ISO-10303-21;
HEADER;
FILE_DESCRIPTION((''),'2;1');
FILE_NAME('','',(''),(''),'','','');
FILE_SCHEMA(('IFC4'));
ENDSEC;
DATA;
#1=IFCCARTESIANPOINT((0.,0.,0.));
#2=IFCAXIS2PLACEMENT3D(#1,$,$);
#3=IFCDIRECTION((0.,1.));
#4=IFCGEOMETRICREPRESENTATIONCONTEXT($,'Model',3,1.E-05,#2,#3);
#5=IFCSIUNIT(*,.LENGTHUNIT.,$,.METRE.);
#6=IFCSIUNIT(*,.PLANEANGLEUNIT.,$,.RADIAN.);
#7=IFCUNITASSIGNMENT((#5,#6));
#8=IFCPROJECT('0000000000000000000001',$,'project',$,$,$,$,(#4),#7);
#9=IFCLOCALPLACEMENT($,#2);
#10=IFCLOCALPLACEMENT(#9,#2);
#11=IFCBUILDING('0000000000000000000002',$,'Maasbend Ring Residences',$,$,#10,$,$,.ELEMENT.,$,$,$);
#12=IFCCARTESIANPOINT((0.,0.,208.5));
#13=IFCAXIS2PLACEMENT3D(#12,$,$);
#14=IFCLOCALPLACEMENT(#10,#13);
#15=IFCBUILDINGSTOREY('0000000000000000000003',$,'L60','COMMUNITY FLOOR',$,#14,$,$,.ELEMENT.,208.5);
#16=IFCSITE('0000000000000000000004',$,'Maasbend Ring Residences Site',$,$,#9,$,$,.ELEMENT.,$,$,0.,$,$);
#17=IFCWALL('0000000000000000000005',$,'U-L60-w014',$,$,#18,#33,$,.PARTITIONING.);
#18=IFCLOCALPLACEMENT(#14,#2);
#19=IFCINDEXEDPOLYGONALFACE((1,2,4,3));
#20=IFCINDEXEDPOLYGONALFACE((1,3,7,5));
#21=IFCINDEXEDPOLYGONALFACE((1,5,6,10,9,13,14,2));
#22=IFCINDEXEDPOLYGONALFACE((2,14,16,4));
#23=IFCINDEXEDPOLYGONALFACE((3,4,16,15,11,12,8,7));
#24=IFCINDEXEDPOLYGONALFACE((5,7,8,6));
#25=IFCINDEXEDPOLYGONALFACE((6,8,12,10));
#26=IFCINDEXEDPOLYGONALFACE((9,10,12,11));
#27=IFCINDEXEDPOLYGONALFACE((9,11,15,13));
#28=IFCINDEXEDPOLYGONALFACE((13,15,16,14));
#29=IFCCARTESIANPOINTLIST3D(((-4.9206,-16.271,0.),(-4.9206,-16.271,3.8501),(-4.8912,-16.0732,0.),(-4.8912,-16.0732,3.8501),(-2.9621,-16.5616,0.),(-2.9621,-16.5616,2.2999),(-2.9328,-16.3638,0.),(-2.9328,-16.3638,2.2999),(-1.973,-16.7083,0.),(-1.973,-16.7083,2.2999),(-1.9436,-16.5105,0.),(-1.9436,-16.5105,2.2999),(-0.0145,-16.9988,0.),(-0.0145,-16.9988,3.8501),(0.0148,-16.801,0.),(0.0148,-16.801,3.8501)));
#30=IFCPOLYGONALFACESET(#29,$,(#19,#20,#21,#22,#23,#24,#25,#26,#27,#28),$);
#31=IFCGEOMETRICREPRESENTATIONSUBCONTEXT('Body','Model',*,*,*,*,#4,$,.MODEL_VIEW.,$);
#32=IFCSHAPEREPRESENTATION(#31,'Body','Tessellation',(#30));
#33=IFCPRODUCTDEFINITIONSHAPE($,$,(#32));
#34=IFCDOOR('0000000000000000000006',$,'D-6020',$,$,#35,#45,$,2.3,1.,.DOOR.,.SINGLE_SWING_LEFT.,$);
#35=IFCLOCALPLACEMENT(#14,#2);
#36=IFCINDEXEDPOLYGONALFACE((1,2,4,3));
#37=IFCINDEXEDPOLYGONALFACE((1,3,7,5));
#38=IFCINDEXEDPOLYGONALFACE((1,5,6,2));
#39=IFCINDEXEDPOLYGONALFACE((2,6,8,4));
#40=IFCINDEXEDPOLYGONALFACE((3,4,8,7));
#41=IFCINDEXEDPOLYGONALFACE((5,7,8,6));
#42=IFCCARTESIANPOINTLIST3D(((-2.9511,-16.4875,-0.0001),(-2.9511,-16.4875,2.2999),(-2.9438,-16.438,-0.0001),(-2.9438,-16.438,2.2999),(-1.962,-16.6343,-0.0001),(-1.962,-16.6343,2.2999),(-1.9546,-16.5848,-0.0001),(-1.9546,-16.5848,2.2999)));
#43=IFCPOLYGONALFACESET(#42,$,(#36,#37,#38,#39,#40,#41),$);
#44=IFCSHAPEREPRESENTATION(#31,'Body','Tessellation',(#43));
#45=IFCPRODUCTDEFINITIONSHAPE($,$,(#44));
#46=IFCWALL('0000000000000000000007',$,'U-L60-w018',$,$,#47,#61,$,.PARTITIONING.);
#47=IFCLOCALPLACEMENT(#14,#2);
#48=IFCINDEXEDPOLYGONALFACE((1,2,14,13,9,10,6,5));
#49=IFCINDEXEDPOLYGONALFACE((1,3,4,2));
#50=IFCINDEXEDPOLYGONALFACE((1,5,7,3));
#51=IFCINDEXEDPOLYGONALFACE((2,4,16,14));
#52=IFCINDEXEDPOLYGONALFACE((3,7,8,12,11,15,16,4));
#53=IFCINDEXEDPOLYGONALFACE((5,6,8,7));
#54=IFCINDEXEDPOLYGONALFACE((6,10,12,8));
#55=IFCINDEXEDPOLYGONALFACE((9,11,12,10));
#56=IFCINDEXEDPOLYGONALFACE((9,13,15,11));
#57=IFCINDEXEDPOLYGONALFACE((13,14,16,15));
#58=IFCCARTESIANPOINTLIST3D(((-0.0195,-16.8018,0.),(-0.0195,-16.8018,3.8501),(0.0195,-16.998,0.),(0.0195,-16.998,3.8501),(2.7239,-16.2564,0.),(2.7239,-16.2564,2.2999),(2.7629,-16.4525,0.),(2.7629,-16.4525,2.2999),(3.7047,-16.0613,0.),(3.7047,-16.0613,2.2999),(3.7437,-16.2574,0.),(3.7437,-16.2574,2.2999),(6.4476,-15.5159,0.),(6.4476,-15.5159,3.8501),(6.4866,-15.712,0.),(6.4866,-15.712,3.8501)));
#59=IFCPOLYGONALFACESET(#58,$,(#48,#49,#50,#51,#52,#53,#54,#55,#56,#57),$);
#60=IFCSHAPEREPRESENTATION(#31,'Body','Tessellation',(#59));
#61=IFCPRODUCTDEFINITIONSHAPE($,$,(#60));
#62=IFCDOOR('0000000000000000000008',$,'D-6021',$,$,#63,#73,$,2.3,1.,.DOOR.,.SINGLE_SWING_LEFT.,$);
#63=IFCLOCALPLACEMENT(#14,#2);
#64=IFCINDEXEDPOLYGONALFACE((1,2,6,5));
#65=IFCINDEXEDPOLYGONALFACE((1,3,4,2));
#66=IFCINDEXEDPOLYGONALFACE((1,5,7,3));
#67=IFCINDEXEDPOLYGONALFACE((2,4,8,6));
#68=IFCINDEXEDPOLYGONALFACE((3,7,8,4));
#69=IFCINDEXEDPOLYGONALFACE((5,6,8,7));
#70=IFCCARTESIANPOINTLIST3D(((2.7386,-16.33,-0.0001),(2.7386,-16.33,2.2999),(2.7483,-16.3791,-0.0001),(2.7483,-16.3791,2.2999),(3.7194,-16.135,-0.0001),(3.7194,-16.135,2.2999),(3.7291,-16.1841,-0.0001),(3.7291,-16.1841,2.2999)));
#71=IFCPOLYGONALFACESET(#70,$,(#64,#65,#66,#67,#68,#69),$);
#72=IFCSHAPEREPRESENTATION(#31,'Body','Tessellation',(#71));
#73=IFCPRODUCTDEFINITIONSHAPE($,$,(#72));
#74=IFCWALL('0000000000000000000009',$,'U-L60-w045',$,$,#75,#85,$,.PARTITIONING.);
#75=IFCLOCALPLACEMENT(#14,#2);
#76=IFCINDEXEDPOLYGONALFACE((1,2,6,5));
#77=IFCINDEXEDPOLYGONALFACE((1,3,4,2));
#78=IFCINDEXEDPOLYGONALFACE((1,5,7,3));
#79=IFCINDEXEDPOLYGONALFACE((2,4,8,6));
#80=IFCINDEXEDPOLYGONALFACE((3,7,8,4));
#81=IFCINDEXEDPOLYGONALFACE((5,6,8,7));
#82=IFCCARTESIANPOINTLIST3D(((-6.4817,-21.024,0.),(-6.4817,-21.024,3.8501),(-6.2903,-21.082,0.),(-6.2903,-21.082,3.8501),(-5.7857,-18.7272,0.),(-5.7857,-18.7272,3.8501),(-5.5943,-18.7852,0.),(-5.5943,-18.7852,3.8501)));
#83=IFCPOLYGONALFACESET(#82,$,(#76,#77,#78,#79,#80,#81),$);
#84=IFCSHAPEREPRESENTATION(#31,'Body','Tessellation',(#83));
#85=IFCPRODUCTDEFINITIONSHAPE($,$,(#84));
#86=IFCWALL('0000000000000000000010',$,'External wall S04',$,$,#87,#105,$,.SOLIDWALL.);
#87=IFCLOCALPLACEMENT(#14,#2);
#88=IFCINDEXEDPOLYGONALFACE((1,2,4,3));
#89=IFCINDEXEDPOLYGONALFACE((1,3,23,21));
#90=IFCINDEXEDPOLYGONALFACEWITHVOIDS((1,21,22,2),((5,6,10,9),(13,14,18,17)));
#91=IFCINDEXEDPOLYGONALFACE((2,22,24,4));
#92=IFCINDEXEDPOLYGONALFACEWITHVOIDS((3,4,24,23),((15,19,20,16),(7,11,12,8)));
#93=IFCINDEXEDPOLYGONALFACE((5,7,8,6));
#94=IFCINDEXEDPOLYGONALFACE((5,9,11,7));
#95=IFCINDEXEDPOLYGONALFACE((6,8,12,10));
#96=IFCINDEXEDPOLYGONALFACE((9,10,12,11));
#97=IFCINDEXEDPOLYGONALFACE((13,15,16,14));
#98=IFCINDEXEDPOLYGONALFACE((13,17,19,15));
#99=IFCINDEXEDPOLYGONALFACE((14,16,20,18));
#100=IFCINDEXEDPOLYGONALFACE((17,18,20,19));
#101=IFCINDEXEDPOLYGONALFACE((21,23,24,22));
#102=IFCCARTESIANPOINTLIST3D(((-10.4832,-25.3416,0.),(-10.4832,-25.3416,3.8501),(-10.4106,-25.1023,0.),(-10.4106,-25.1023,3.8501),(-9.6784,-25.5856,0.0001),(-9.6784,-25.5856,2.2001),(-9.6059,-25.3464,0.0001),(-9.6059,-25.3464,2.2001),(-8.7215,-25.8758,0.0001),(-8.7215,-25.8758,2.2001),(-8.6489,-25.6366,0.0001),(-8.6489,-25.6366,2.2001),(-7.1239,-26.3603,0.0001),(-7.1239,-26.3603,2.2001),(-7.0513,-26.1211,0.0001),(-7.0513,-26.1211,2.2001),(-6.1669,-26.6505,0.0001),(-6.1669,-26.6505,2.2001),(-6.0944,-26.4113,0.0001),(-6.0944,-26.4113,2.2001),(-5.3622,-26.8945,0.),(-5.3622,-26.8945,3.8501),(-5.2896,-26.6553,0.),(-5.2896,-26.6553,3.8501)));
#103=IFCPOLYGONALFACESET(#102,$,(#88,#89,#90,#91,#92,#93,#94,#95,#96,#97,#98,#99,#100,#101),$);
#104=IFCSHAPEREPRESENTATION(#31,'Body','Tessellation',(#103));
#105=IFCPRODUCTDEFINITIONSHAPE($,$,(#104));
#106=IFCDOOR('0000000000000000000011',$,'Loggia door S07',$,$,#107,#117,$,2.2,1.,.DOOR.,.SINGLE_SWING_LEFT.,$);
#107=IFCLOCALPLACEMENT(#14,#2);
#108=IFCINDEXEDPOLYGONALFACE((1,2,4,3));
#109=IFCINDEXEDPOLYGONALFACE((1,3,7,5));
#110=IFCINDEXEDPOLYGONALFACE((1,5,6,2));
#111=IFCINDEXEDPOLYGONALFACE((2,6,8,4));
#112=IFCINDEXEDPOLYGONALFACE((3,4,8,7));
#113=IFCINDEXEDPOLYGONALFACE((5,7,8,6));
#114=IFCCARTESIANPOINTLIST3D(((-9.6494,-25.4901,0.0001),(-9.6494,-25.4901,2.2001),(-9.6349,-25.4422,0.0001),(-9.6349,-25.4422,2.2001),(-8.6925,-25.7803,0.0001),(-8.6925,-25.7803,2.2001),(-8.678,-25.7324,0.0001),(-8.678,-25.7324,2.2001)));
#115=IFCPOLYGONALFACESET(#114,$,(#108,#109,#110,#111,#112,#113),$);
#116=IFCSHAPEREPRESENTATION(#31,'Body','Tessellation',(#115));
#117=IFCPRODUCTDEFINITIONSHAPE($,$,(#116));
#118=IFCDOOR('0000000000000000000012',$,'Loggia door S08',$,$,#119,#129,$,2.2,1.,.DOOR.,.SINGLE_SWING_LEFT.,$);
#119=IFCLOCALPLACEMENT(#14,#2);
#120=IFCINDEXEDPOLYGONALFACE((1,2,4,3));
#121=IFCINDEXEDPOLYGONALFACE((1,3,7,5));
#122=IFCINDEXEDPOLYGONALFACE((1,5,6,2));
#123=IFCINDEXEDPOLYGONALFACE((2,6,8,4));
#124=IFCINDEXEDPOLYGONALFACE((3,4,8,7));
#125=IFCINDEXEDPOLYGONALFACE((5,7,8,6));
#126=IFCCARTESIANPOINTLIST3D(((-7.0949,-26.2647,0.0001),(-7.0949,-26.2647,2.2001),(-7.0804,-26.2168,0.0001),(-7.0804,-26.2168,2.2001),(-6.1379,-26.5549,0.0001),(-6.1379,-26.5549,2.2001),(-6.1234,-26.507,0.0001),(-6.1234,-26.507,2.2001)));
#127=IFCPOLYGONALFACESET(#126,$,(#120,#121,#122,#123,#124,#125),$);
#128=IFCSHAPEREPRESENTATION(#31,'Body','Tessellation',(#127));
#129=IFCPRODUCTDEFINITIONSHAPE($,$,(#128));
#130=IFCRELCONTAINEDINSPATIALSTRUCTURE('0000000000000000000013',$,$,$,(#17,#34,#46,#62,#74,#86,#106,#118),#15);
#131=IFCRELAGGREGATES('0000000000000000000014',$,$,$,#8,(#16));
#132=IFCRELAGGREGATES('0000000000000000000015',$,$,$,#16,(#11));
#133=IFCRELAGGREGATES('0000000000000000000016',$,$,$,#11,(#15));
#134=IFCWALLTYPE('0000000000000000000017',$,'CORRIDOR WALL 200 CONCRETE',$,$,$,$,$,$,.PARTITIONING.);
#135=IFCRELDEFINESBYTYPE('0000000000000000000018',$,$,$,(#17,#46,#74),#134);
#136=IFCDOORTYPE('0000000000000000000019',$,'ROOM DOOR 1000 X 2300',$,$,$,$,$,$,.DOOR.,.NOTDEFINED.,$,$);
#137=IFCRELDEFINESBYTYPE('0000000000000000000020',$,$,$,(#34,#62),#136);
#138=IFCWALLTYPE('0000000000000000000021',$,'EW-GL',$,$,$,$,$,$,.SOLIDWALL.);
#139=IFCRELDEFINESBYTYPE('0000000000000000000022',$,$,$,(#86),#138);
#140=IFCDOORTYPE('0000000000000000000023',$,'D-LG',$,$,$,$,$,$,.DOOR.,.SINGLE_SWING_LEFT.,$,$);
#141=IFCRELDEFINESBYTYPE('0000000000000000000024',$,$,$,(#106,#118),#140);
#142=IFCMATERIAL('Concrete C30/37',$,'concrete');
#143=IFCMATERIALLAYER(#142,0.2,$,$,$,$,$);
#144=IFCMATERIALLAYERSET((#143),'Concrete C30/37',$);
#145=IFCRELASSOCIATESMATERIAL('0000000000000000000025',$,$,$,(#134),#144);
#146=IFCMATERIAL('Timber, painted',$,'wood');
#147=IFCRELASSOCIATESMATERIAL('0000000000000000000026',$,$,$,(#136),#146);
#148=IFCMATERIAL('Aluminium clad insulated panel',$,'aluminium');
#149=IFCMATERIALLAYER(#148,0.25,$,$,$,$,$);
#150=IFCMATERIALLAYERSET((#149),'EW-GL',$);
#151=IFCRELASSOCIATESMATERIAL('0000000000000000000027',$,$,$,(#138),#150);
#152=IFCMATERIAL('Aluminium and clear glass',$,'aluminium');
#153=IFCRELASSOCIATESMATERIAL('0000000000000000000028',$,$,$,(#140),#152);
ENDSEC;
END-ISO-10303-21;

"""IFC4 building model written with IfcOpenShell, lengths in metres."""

from ifc_helpers import new_model, si_unit, direction, frame, frame_2d, origin, place, context, subcontext, project, spatial, rectangle, extrude, material, layer, layer_set, type_object, element, fill, save


model = new_model("IFC4")

# Units and contexts
model_context = context("Model", 3, precision=1e-05, world=origin(), true_north=direction((0.0, 1.0)))
body_context = subcontext(model_context, "Body", "Model", "MODEL_VIEW")
ifc_project = project(units=[si_unit("LENGTHUNIT", "METRE"), si_unit("PLANEANGLEUNIT", "RADIAN")], contexts=[model_context])

# Site, building, storey
site_placement = place(None, origin())
site = spatial("IfcSite", under=ifc_project, at=site_placement, Name="Maasbend Ring Residences Site", CompositionType="ELEMENT", RefElevation=0.0)
building_placement = place(site_placement, origin())
building = spatial("IfcBuilding", under=site, at=building_placement, Name="Maasbend Ring Residences", CompositionType="ELEMENT")
storey_placement = place(building_placement, frame((0.0, 0.0, 208.5)))
storey = spatial("IfcBuildingStorey", under=building, at=storey_placement, Name="L60", Description="COMMUNITY FLOOR", CompositionType="ELEMENT", Elevation=208.5)

# Shared definitions
ifc_material_1 = material(Name="Concrete C30/37", Category="concrete")
ifc_layer_1 = layer(ifc_material_1, 0.2)
ifc_layer_set_1 = layer_set([ifc_layer_1], Name="Concrete C30/37")
wall_type_1 = type_object("IfcWallType", Name="CORRIDOR WALL 200 CONCRETE", PredefinedType="PARTITIONING", material=ifc_layer_set_1)

# Shared definitions
ifc_material_2 = material(Name="Timber, painted", Category="wood")
door_type_1 = type_object("IfcDoorType", Name="ROOM DOOR 1000 X 2300", OperationType="NOTDEFINED", PredefinedType="DOOR", material=ifc_material_2)

# Walls, openings, doors
wall_1_placement = place(storey_placement, frame((-4.906, -16.1721, 0.0), z_axis=(0.0, 0.0, 1.0), x_axis=(0.989175, -0.14674, 0.0)))
wall_1 = element("IfcWall", 1, at=wall_1_placement, inside=storey, type_object=wall_type_1, Name="U-L60-w014", PredefinedType="PARTITIONING", context=body_context, shape_type="SweptSolid", body=[
    extrude(rectangle(XDim=4.9597, YDim=0.2, at=frame_2d((2.48, 0.0))), origin(), (0.0, 0.0, 1.0), 3.8501),
])
opening_1_placement = place(wall_1_placement, frame((1.98, 0.0, 0.0)))
opening_1 = element("IfcOpeningElement", 2, at=opening_1_placement, cuts=wall_1, PredefinedType="OPENING", context=body_context, shape_type="SweptSolid", body=[
    extrude(rectangle(XDim=1.0, YDim=2.3, at=frame_2d((0.5, 1.1499))), frame((0.0, 0.1099, 0.0), z_axis=(0.0, -1.0, 0.0), x_axis=(1.0, 0.0, 0.0)), (0.0, 0.0, 1.0), 0.22),
])
door_1_placement = place(opening_1_placement, origin())
door_1 = element("IfcDoor", 3, at=door_1_placement, inside=storey, type_object=door_type_1, Name="D-6020", OperationType="SINGLE_SWING_LEFT", OverallHeight=2.3, OverallWidth=1.0, PredefinedType="DOOR", context=body_context, shape_type="SweptSolid", body=[
    extrude(rectangle(XDim=1.0, YDim=2.3, at=frame_2d((0.5, 1.1499))), frame((0.0, 0.0249, 0.0), z_axis=(0.0, -1.0, 0.0), x_axis=(1.0, 0.0, 0.0)), (0.0, 0.0, 1.0), 0.05),
])
fill(opening_1, door_1)
wall_2_placement = place(storey_placement, frame((0.0, -16.8999, 0.0), z_axis=(0.0, 0.0, 1.0), x_axis=(0.980799, 0.195019, 0.0)))
wall_2 = element("IfcWall", 4, at=wall_2_placement, inside=storey, type_object=wall_type_1, Name="U-L60-w018", PredefinedType="PARTITIONING", context=body_context, shape_type="SweptSolid", body=[
    extrude(rectangle(XDim=6.5938, YDim=0.2, at=frame_2d((3.2969, 0.0))), origin(), (0.0, 0.0, 1.0), 3.8501),
])
opening_2_placement = place(wall_2_placement, frame((2.7971, 0.0, 0.0)))
opening_2 = element("IfcOpeningElement", 5, at=opening_2_placement, cuts=wall_2, PredefinedType="OPENING", context=body_context, shape_type="SweptSolid", body=[
    extrude(rectangle(XDim=1.0, YDim=2.3, at=frame_2d((0.5, 1.1499))), frame((0.0, 0.1099, 0.0), z_axis=(0.0, -1.0, 0.0), x_axis=(1.0, 0.0, 0.0)), (0.0, 0.0, 1.0), 0.22),
])
door_2_placement = place(opening_2_placement, origin())
door_2 = element("IfcDoor", 6, at=door_2_placement, inside=storey, type_object=door_type_1, Name="D-6021", OperationType="SINGLE_SWING_LEFT", OverallHeight=2.3, OverallWidth=1.0, PredefinedType="DOOR", context=body_context, shape_type="SweptSolid", body=[
    extrude(rectangle(XDim=1.0, YDim=2.3, at=frame_2d((0.5, 1.1499))), frame((0.0, 0.0249, 0.0), z_axis=(0.0, -1.0, 0.0), x_axis=(1.0, 0.0, 0.0)), (0.0, 0.0, 1.0), 0.05),
])
fill(opening_2, door_2)

# Wall
wall_3_placement = place(storey_placement, frame((-6.386, -21.053, 0.0), z_axis=(0.0, 0.0, 1.0), x_axis=(0.290016, 0.957022, 0.0)))
element("IfcWall", 7, at=wall_3_placement, inside=storey, type_object=wall_type_1, Name="U-L60-w045", PredefinedType="PARTITIONING", context=body_context, shape_type="SweptSolid", body=[
    extrude(rectangle(XDim=2.3999, YDim=0.2, at=frame_2d((1.2, 0.0))), origin(), (0.0, 0.0, 1.0), 3.8501),
])

# Wall, openings, doors
ifc_material_3 = material(Name="Aluminium clad insulated panel", Category="aluminium")
ifc_layer_2 = layer(ifc_material_3, 0.25)
ifc_layer_set_2 = layer_set([ifc_layer_2], Name="EW-GL")
wall_type_2 = type_object("IfcWallType", Name="EW-GL", PredefinedType="SOLIDWALL", material=ifc_layer_set_2)
wall_4_placement = place(storey_placement, frame((-10.447, -25.2219, 0.0), z_axis=(0.0, 0.0, 1.0), x_axis=(0.956966, -0.290201, 0.0)))
wall_4 = element("IfcWall", 8, at=wall_4_placement, inside=storey, type_object=wall_type_2, Name="External wall S04", PredefinedType="SOLIDWALL", context=body_context, shape_type="SweptSolid", body=[
    extrude(rectangle(XDim=5.3513, YDim=0.25, at=frame_2d((2.6758, 0.0))), origin(), (0.0, 0.0, 1.0), 3.8501),
])
opening_3_placement = place(wall_4_placement, frame((0.8411, 0.0, 0.0)))
opening_3 = element("IfcOpeningElement", 9, at=opening_3_placement, cuts=wall_4, PredefinedType="OPENING", context=body_context, shape_type="SweptSolid", body=[
    extrude(rectangle(XDim=1.0, YDim=2.2, at=frame_2d((0.5, 1.1001))), frame((0.0, 0.135, 0.0), z_axis=(0.0, -1.0, 0.0), x_axis=(1.0, 0.0, 0.0)), (0.0, 0.0, 1.0), 0.27),
])
opening_4_placement = place(wall_4_placement, frame((3.5105, 0.0, 0.0)))
opening_4 = element("IfcOpeningElement", 10, at=opening_4_placement, cuts=wall_4, PredefinedType="OPENING", context=body_context, shape_type="SweptSolid", body=[
    extrude(rectangle(XDim=1.0, YDim=2.2, at=frame_2d((0.5, 1.1001))), frame((0.0, 0.135, 0.0), z_axis=(0.0, -1.0, 0.0), x_axis=(1.0, 0.0, 0.0)), (0.0, 0.0, 1.0), 0.27),
])
ifc_material_4 = material(Name="Aluminium and clear glass", Category="aluminium")
door_type_2 = type_object("IfcDoorType", Name="D-LG", OperationType="SINGLE_SWING_LEFT", PredefinedType="DOOR", material=ifc_material_4)
door_3_placement = place(opening_3_placement, origin())
door_3 = element("IfcDoor", 11, at=door_3_placement, inside=storey, type_object=door_type_2, Name="Loggia door S07", OperationType="SINGLE_SWING_LEFT", OverallHeight=2.2, OverallWidth=1.0, PredefinedType="DOOR", context=body_context, shape_type="SweptSolid", body=[
    extrude(rectangle(XDim=1.0, YDim=2.2, at=frame_2d((0.5, 1.1001))), frame((0.0, 0.0249, 0.0), z_axis=(0.0, -1.0, 0.0), x_axis=(1.0, 0.0, 0.0)), (0.0, 0.0, 1.0), 0.05),
])
fill(opening_3, door_3)
door_4_placement = place(opening_4_placement, origin())
door_4 = element("IfcDoor", 12, at=door_4_placement, inside=storey, type_object=door_type_2, Name="Loggia door S08", OperationType="SINGLE_SWING_LEFT", OverallHeight=2.2, OverallWidth=1.0, PredefinedType="DOOR", context=body_context, shape_type="SweptSolid", body=[
    extrude(rectangle(XDim=1.0, YDim=2.2, at=frame_2d((0.5, 1.1001))), frame((0.0, 0.0249, 0.0), z_axis=(0.0, -1.0, 0.0), x_axis=(1.0, 0.0, 0.0)), (0.0, 0.0, 1.0), 0.05),
])
fill(opening_4, door_4)

save(model, "model.ifc")
